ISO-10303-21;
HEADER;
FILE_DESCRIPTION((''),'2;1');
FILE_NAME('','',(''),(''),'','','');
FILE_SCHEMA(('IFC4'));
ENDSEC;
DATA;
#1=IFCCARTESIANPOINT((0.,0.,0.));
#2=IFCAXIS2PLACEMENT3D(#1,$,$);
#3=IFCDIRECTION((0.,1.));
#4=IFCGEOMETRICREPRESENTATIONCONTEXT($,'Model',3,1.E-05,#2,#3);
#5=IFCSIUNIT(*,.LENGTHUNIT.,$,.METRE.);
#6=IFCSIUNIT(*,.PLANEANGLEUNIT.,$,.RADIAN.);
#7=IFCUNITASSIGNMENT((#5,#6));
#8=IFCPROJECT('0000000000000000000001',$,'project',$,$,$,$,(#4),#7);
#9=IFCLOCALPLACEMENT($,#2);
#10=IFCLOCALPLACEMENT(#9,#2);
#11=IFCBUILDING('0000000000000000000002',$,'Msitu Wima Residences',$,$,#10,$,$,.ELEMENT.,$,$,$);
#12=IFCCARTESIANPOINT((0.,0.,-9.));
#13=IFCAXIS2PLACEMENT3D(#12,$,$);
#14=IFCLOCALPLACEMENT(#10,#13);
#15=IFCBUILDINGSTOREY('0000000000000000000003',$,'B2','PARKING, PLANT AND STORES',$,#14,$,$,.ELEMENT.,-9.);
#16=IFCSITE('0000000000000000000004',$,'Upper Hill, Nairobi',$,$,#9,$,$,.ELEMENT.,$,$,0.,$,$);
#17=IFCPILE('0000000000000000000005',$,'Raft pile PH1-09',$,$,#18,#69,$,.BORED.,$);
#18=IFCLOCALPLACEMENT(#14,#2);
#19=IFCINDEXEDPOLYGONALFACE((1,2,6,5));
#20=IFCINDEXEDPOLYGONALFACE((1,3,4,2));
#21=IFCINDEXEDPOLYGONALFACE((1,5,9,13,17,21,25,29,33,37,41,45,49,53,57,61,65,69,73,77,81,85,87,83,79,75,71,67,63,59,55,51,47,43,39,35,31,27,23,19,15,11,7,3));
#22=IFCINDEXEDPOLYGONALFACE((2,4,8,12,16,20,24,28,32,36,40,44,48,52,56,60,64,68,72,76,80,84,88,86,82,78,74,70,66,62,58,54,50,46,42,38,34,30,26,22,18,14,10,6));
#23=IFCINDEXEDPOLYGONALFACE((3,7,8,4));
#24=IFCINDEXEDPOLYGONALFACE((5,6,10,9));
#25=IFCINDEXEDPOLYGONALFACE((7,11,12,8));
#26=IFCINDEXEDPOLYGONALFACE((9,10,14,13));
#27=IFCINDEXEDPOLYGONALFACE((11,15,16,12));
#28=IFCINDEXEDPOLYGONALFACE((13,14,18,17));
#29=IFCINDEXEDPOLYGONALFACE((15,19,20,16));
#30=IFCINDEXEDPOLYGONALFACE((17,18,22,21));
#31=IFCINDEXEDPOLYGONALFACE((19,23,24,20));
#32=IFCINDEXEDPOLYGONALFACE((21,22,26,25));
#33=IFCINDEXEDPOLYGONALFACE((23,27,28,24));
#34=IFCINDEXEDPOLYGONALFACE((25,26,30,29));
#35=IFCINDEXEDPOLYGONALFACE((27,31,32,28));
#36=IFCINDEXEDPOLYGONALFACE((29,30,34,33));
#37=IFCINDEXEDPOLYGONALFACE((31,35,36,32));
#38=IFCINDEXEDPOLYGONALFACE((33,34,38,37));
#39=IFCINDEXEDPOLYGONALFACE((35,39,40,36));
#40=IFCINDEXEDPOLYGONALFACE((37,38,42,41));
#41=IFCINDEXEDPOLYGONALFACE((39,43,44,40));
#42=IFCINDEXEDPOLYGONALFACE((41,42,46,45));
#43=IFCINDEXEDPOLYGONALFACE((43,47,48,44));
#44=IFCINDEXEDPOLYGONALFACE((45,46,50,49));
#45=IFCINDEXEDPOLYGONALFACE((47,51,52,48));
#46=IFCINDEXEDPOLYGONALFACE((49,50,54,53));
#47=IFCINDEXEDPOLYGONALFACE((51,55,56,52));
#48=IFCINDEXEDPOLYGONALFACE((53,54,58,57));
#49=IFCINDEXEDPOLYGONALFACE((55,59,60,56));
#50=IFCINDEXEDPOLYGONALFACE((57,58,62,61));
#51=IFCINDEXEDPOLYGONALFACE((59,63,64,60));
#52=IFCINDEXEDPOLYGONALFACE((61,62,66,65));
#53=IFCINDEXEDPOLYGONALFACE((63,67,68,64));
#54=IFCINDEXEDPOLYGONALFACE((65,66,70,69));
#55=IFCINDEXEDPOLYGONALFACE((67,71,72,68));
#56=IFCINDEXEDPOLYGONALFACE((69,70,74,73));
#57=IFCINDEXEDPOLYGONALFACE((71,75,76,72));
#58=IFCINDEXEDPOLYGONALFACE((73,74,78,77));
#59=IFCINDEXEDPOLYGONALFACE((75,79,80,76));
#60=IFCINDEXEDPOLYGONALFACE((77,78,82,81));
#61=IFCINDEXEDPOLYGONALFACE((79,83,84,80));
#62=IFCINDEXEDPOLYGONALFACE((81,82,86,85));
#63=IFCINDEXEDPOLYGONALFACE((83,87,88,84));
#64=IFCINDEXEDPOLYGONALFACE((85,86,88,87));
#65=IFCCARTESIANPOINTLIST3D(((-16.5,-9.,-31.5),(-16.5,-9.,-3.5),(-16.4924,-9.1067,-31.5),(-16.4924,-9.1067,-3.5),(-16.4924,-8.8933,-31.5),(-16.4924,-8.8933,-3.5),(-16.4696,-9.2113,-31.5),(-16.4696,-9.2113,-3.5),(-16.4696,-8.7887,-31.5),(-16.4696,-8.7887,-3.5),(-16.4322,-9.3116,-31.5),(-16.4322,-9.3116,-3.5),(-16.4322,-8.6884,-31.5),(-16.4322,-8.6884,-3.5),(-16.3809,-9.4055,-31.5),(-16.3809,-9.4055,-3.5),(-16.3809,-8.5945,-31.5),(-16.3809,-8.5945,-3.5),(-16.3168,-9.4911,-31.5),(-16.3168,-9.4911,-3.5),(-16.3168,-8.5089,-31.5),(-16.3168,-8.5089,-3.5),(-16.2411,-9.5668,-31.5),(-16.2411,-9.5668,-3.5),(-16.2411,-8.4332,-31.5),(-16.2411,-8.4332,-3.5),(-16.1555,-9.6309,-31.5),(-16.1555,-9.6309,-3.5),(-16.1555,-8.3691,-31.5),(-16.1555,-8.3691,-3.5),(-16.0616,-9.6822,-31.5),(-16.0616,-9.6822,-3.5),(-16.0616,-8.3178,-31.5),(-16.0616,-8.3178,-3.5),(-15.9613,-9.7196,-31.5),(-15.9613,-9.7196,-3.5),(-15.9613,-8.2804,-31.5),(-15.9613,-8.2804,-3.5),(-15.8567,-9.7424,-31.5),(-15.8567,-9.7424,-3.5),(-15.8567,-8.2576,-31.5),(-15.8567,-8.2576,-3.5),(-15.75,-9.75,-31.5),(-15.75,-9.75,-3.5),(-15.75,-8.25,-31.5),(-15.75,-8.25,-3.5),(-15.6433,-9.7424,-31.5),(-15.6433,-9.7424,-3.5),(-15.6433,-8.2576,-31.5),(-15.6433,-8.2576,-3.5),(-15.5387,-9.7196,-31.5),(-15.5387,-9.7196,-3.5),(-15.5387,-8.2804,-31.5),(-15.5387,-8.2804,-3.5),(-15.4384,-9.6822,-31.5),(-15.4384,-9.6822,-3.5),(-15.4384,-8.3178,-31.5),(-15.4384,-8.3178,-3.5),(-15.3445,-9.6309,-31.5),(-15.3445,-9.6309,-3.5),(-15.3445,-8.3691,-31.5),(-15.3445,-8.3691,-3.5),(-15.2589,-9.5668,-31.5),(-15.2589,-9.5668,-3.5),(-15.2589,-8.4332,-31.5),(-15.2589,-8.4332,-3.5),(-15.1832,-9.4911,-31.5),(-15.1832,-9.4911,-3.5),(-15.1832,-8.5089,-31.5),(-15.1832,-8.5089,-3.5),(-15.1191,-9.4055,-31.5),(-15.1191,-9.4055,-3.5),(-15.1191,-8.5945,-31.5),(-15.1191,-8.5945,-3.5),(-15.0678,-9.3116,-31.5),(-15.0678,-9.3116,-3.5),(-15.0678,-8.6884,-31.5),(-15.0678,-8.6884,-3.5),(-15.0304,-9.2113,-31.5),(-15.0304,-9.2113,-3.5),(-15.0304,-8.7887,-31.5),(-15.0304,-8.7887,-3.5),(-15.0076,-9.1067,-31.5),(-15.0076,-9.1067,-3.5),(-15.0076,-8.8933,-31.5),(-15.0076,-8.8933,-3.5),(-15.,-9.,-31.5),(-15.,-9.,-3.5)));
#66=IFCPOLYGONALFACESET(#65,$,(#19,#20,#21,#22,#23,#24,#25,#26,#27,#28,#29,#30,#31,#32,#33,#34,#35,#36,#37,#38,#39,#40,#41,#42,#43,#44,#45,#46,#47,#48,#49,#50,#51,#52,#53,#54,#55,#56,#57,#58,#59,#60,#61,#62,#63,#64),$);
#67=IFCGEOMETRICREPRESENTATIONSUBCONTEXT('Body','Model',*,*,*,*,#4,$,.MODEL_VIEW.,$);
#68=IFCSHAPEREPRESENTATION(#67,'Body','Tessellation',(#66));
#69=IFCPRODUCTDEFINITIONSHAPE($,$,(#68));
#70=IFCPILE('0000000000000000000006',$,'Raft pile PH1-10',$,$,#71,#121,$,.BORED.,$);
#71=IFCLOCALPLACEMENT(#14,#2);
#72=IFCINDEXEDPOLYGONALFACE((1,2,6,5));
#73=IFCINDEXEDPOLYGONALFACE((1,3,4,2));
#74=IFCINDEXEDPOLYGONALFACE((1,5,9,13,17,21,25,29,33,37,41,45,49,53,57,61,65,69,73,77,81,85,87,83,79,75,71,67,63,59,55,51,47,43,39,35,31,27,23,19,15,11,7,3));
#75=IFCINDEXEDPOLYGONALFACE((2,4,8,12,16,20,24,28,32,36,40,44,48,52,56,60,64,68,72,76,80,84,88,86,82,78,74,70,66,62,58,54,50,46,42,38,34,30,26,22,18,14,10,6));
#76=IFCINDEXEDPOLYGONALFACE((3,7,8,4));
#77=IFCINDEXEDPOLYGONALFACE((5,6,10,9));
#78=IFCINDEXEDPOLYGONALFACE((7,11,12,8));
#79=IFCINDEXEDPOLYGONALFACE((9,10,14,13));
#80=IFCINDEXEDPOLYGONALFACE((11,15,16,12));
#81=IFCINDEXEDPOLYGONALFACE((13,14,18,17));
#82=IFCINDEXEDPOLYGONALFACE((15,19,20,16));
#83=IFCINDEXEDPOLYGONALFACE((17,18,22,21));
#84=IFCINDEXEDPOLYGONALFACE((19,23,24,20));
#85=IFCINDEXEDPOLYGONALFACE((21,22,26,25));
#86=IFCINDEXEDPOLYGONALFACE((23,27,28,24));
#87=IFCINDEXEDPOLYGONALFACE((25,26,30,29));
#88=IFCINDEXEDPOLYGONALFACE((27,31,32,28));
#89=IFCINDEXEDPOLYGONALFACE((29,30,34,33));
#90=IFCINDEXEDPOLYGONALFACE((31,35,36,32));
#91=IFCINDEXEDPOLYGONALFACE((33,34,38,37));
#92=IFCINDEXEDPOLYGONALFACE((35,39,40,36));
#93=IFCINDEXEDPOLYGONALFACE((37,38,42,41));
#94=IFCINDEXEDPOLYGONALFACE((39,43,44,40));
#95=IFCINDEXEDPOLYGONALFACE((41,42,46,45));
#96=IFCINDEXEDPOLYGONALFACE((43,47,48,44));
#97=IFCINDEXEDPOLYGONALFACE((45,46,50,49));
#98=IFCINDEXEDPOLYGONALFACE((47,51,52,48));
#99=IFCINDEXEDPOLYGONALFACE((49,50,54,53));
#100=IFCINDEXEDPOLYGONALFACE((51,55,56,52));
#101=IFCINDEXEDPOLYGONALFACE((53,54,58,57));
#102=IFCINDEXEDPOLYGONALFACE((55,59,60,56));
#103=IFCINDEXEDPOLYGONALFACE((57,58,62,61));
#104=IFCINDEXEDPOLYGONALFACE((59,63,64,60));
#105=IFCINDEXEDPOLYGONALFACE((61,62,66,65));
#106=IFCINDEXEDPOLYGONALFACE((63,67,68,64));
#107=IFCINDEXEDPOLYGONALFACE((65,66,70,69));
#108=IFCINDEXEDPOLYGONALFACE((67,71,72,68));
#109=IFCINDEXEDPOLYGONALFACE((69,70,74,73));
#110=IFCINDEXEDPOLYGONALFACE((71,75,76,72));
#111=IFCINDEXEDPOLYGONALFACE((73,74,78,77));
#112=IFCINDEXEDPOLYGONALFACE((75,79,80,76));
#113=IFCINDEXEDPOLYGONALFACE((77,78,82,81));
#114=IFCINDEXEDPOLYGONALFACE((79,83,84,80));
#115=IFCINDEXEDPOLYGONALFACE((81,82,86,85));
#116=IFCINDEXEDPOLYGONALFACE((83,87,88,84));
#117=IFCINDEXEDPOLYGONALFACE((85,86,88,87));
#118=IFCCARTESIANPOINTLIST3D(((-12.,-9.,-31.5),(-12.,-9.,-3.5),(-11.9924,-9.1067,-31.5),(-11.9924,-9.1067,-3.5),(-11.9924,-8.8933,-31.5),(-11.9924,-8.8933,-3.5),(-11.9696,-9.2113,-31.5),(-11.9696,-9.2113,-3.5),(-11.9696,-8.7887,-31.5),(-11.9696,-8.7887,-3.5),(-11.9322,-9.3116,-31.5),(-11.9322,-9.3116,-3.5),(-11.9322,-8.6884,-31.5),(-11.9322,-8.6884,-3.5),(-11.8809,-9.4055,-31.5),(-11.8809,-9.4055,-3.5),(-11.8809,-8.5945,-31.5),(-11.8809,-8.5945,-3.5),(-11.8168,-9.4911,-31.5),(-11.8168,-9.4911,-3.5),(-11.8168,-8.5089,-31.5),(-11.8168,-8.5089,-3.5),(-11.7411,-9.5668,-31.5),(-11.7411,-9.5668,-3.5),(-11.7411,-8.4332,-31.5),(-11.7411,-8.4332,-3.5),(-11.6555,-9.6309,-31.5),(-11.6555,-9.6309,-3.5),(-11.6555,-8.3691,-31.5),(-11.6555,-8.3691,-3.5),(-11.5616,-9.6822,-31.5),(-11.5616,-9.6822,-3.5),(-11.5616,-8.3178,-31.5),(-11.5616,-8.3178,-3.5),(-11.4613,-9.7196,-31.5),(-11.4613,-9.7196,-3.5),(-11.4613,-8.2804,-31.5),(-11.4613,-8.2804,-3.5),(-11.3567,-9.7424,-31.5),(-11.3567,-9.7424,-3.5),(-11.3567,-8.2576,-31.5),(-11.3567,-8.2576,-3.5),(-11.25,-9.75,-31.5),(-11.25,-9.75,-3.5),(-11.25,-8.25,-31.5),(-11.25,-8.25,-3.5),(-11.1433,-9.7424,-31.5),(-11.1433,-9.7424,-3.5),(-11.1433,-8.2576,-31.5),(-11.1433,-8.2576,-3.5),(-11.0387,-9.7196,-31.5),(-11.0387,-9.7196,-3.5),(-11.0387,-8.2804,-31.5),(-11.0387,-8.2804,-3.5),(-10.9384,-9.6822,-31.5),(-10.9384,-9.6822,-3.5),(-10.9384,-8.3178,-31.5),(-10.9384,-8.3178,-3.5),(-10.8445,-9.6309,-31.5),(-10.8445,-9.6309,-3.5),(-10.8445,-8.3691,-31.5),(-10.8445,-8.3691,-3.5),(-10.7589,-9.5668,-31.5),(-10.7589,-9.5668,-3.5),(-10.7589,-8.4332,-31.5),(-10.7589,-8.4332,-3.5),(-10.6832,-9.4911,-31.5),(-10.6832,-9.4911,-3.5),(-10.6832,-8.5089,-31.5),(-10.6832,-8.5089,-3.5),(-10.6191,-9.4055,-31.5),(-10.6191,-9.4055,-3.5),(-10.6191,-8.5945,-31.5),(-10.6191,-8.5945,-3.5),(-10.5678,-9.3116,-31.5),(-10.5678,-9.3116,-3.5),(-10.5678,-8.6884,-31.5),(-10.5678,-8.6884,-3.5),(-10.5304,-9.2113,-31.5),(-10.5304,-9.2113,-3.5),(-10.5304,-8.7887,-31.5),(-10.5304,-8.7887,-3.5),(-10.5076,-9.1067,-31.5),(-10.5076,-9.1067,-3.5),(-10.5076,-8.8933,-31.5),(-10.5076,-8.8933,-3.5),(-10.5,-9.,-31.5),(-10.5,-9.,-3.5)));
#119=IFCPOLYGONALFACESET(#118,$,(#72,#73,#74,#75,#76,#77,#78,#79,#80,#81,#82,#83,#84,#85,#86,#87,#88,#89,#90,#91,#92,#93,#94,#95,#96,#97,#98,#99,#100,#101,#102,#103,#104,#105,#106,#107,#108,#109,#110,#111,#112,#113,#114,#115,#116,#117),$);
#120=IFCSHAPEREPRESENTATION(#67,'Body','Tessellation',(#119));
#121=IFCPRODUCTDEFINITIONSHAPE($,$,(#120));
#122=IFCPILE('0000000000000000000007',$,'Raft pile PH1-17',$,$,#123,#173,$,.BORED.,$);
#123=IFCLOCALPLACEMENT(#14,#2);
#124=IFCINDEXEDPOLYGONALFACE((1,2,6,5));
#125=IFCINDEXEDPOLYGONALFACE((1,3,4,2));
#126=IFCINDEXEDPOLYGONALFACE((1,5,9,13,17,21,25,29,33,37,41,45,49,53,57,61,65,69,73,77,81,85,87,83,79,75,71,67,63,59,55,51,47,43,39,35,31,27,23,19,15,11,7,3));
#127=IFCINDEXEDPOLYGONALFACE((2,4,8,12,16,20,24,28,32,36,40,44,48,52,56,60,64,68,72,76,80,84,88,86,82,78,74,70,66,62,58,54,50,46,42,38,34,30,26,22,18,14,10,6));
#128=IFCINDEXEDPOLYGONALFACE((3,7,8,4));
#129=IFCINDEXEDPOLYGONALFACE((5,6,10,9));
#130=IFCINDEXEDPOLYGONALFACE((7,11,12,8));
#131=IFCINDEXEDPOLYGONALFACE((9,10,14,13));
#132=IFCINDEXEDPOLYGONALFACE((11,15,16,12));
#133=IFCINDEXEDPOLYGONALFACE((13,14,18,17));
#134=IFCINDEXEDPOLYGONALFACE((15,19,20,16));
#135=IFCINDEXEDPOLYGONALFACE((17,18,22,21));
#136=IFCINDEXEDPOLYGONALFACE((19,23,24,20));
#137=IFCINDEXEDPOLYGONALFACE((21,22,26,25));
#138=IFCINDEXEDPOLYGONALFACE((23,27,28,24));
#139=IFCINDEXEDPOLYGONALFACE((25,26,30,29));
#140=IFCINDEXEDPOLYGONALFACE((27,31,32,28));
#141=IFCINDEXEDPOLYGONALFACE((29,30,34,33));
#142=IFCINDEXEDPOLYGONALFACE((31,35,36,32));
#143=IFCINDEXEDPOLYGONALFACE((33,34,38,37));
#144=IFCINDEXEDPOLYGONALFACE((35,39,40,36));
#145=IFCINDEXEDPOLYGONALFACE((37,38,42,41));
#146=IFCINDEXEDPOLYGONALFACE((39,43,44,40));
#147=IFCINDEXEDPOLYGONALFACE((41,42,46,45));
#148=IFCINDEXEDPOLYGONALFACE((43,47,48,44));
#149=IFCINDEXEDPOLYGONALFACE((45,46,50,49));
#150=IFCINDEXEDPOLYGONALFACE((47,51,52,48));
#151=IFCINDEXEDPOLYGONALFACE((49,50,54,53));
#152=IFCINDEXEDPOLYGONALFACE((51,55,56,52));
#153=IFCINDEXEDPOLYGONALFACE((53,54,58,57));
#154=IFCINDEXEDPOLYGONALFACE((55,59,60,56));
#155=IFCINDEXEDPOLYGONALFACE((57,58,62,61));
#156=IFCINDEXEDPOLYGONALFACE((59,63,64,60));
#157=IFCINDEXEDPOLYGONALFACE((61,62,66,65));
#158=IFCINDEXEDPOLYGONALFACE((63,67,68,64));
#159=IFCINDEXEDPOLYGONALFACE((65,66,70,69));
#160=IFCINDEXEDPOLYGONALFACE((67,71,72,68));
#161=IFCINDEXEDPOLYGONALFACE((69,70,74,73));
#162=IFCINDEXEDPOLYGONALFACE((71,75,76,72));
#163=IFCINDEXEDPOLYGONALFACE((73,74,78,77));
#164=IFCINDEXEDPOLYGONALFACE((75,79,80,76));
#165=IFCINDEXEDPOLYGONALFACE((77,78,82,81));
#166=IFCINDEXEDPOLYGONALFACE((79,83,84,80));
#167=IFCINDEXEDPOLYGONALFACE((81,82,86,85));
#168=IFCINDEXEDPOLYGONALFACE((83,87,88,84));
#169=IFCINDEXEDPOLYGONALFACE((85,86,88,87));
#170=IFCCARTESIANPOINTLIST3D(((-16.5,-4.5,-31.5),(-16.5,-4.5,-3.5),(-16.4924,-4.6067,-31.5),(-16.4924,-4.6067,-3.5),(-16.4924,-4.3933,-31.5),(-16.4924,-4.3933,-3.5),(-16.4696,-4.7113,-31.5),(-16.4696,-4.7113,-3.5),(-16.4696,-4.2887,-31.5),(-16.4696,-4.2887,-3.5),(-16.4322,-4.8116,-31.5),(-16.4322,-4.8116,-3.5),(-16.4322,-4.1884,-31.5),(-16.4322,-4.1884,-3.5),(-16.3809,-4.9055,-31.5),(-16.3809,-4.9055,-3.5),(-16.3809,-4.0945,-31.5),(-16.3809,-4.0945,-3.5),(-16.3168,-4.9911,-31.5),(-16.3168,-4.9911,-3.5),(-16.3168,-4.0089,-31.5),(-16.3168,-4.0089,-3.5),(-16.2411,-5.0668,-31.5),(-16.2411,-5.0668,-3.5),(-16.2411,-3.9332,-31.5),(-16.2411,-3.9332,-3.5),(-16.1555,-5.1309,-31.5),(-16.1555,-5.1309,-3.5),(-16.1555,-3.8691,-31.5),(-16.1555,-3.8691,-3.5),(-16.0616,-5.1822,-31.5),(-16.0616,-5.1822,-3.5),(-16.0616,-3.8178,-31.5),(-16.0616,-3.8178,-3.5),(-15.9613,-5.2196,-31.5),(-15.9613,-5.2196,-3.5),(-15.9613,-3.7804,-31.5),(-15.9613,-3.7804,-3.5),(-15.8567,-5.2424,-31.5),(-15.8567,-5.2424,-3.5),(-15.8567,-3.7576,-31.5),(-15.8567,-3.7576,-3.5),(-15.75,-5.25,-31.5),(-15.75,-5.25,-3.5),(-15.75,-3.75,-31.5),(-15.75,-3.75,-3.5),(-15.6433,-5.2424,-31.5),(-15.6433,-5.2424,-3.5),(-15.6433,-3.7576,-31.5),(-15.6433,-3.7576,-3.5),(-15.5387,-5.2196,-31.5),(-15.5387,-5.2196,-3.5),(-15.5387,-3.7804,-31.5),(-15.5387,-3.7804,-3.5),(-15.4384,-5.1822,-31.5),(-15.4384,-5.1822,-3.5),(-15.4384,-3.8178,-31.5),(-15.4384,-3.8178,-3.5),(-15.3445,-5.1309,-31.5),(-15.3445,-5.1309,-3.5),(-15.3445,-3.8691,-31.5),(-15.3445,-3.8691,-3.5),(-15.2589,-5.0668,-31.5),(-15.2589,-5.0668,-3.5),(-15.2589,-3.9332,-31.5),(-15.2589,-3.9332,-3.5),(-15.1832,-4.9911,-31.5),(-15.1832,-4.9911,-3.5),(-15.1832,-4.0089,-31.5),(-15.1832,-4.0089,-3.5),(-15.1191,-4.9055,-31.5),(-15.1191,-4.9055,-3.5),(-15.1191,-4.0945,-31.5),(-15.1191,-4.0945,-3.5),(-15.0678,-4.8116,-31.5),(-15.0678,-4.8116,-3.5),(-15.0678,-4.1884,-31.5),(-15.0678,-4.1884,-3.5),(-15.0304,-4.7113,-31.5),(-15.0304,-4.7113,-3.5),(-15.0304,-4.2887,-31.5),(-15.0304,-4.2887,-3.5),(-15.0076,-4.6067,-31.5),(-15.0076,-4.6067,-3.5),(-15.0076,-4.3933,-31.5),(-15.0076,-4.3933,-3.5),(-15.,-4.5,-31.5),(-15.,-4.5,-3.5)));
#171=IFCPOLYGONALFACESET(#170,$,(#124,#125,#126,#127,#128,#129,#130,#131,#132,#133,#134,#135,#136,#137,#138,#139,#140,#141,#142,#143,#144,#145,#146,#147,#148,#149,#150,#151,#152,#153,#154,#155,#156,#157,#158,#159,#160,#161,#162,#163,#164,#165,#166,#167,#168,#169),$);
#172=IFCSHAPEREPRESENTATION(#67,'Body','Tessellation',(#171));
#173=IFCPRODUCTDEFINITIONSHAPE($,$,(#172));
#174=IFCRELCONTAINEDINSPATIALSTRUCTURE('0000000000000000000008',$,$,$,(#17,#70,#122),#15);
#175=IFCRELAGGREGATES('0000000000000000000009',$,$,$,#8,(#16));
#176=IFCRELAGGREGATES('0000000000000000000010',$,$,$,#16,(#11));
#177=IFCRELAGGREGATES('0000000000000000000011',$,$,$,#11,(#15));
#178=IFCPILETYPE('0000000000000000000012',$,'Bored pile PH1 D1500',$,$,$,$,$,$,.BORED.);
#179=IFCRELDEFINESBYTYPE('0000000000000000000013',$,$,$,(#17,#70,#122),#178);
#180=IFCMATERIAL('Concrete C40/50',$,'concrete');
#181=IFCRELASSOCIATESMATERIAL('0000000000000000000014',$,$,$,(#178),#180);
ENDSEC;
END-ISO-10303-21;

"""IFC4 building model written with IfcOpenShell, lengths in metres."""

from ifc_helpers import new_model, si_unit, direction, frame, origin, origin_2d, place, context, subcontext, project, spatial, circle, extrude, material, type_object, element, save


model = new_model("IFC4")

# Units and contexts
model_context = context("Model", 3, precision=1e-05, world=origin(), true_north=direction((0.0, 1.0)))
body_context = subcontext(model_context, "Body", "Model", "MODEL_VIEW")
ifc_project = project(units=[si_unit("LENGTHUNIT", "METRE"), si_unit("PLANEANGLEUNIT", "RADIAN")], contexts=[model_context])

# Site, building, storey
site_placement = place(None, origin())
site = spatial("IfcSite", under=ifc_project, at=site_placement, Name="Upper Hill, Nairobi", CompositionType="ELEMENT", RefElevation=0.0)
building_placement = place(site_placement, origin())
building = spatial("IfcBuilding", under=site, at=building_placement, Name="Msitu Wima Residences", CompositionType="ELEMENT")
storey_placement = place(building_placement, frame((0.0, 0.0, -9.0)))
storey = spatial("IfcBuildingStorey", under=building, at=storey_placement, Name="B2", Description="PARKING, PLANT AND STORES", CompositionType="ELEMENT", Elevation=-9.0)

# Piles
ifc_material_1 = material(Name="Concrete C40/50", Category="concrete")
pile_type = type_object("IfcPileType", Name="Bored pile PH1 D1500", PredefinedType="BORED", material=ifc_material_1)
for number, where, z_axis, x_axis, name in (
    (1, (-15.75, -9.0, -3.5), (0.0, 0.0, -1.0), (1.0, 0.0, 0.0), "Raft pile PH1-09"),
    (2, (-11.25, -9.0, -3.5), (0.0, 0.0, -1.0), (1.0, 0.0, 0.0), "Raft pile PH1-10"),
    (3, (-15.75, -4.5, -3.5), (0.0, 0.0, -1.0), (1.0, 0.0, 0.0), "Raft pile PH1-17"),
):
    element("IfcPile", number, at=place(storey_placement, frame(where, z_axis=z_axis, x_axis=x_axis)), inside=storey, type_object=pile_type, Name=name, PredefinedType="BORED", context=body_context, shape_type="SweptSolid", body=[
        extrude(circle(Radius=0.75, at=origin_2d()), origin(), (0.0, 0.0, 1.0), 28.0),
    ])

save(model, "model.ifc")
